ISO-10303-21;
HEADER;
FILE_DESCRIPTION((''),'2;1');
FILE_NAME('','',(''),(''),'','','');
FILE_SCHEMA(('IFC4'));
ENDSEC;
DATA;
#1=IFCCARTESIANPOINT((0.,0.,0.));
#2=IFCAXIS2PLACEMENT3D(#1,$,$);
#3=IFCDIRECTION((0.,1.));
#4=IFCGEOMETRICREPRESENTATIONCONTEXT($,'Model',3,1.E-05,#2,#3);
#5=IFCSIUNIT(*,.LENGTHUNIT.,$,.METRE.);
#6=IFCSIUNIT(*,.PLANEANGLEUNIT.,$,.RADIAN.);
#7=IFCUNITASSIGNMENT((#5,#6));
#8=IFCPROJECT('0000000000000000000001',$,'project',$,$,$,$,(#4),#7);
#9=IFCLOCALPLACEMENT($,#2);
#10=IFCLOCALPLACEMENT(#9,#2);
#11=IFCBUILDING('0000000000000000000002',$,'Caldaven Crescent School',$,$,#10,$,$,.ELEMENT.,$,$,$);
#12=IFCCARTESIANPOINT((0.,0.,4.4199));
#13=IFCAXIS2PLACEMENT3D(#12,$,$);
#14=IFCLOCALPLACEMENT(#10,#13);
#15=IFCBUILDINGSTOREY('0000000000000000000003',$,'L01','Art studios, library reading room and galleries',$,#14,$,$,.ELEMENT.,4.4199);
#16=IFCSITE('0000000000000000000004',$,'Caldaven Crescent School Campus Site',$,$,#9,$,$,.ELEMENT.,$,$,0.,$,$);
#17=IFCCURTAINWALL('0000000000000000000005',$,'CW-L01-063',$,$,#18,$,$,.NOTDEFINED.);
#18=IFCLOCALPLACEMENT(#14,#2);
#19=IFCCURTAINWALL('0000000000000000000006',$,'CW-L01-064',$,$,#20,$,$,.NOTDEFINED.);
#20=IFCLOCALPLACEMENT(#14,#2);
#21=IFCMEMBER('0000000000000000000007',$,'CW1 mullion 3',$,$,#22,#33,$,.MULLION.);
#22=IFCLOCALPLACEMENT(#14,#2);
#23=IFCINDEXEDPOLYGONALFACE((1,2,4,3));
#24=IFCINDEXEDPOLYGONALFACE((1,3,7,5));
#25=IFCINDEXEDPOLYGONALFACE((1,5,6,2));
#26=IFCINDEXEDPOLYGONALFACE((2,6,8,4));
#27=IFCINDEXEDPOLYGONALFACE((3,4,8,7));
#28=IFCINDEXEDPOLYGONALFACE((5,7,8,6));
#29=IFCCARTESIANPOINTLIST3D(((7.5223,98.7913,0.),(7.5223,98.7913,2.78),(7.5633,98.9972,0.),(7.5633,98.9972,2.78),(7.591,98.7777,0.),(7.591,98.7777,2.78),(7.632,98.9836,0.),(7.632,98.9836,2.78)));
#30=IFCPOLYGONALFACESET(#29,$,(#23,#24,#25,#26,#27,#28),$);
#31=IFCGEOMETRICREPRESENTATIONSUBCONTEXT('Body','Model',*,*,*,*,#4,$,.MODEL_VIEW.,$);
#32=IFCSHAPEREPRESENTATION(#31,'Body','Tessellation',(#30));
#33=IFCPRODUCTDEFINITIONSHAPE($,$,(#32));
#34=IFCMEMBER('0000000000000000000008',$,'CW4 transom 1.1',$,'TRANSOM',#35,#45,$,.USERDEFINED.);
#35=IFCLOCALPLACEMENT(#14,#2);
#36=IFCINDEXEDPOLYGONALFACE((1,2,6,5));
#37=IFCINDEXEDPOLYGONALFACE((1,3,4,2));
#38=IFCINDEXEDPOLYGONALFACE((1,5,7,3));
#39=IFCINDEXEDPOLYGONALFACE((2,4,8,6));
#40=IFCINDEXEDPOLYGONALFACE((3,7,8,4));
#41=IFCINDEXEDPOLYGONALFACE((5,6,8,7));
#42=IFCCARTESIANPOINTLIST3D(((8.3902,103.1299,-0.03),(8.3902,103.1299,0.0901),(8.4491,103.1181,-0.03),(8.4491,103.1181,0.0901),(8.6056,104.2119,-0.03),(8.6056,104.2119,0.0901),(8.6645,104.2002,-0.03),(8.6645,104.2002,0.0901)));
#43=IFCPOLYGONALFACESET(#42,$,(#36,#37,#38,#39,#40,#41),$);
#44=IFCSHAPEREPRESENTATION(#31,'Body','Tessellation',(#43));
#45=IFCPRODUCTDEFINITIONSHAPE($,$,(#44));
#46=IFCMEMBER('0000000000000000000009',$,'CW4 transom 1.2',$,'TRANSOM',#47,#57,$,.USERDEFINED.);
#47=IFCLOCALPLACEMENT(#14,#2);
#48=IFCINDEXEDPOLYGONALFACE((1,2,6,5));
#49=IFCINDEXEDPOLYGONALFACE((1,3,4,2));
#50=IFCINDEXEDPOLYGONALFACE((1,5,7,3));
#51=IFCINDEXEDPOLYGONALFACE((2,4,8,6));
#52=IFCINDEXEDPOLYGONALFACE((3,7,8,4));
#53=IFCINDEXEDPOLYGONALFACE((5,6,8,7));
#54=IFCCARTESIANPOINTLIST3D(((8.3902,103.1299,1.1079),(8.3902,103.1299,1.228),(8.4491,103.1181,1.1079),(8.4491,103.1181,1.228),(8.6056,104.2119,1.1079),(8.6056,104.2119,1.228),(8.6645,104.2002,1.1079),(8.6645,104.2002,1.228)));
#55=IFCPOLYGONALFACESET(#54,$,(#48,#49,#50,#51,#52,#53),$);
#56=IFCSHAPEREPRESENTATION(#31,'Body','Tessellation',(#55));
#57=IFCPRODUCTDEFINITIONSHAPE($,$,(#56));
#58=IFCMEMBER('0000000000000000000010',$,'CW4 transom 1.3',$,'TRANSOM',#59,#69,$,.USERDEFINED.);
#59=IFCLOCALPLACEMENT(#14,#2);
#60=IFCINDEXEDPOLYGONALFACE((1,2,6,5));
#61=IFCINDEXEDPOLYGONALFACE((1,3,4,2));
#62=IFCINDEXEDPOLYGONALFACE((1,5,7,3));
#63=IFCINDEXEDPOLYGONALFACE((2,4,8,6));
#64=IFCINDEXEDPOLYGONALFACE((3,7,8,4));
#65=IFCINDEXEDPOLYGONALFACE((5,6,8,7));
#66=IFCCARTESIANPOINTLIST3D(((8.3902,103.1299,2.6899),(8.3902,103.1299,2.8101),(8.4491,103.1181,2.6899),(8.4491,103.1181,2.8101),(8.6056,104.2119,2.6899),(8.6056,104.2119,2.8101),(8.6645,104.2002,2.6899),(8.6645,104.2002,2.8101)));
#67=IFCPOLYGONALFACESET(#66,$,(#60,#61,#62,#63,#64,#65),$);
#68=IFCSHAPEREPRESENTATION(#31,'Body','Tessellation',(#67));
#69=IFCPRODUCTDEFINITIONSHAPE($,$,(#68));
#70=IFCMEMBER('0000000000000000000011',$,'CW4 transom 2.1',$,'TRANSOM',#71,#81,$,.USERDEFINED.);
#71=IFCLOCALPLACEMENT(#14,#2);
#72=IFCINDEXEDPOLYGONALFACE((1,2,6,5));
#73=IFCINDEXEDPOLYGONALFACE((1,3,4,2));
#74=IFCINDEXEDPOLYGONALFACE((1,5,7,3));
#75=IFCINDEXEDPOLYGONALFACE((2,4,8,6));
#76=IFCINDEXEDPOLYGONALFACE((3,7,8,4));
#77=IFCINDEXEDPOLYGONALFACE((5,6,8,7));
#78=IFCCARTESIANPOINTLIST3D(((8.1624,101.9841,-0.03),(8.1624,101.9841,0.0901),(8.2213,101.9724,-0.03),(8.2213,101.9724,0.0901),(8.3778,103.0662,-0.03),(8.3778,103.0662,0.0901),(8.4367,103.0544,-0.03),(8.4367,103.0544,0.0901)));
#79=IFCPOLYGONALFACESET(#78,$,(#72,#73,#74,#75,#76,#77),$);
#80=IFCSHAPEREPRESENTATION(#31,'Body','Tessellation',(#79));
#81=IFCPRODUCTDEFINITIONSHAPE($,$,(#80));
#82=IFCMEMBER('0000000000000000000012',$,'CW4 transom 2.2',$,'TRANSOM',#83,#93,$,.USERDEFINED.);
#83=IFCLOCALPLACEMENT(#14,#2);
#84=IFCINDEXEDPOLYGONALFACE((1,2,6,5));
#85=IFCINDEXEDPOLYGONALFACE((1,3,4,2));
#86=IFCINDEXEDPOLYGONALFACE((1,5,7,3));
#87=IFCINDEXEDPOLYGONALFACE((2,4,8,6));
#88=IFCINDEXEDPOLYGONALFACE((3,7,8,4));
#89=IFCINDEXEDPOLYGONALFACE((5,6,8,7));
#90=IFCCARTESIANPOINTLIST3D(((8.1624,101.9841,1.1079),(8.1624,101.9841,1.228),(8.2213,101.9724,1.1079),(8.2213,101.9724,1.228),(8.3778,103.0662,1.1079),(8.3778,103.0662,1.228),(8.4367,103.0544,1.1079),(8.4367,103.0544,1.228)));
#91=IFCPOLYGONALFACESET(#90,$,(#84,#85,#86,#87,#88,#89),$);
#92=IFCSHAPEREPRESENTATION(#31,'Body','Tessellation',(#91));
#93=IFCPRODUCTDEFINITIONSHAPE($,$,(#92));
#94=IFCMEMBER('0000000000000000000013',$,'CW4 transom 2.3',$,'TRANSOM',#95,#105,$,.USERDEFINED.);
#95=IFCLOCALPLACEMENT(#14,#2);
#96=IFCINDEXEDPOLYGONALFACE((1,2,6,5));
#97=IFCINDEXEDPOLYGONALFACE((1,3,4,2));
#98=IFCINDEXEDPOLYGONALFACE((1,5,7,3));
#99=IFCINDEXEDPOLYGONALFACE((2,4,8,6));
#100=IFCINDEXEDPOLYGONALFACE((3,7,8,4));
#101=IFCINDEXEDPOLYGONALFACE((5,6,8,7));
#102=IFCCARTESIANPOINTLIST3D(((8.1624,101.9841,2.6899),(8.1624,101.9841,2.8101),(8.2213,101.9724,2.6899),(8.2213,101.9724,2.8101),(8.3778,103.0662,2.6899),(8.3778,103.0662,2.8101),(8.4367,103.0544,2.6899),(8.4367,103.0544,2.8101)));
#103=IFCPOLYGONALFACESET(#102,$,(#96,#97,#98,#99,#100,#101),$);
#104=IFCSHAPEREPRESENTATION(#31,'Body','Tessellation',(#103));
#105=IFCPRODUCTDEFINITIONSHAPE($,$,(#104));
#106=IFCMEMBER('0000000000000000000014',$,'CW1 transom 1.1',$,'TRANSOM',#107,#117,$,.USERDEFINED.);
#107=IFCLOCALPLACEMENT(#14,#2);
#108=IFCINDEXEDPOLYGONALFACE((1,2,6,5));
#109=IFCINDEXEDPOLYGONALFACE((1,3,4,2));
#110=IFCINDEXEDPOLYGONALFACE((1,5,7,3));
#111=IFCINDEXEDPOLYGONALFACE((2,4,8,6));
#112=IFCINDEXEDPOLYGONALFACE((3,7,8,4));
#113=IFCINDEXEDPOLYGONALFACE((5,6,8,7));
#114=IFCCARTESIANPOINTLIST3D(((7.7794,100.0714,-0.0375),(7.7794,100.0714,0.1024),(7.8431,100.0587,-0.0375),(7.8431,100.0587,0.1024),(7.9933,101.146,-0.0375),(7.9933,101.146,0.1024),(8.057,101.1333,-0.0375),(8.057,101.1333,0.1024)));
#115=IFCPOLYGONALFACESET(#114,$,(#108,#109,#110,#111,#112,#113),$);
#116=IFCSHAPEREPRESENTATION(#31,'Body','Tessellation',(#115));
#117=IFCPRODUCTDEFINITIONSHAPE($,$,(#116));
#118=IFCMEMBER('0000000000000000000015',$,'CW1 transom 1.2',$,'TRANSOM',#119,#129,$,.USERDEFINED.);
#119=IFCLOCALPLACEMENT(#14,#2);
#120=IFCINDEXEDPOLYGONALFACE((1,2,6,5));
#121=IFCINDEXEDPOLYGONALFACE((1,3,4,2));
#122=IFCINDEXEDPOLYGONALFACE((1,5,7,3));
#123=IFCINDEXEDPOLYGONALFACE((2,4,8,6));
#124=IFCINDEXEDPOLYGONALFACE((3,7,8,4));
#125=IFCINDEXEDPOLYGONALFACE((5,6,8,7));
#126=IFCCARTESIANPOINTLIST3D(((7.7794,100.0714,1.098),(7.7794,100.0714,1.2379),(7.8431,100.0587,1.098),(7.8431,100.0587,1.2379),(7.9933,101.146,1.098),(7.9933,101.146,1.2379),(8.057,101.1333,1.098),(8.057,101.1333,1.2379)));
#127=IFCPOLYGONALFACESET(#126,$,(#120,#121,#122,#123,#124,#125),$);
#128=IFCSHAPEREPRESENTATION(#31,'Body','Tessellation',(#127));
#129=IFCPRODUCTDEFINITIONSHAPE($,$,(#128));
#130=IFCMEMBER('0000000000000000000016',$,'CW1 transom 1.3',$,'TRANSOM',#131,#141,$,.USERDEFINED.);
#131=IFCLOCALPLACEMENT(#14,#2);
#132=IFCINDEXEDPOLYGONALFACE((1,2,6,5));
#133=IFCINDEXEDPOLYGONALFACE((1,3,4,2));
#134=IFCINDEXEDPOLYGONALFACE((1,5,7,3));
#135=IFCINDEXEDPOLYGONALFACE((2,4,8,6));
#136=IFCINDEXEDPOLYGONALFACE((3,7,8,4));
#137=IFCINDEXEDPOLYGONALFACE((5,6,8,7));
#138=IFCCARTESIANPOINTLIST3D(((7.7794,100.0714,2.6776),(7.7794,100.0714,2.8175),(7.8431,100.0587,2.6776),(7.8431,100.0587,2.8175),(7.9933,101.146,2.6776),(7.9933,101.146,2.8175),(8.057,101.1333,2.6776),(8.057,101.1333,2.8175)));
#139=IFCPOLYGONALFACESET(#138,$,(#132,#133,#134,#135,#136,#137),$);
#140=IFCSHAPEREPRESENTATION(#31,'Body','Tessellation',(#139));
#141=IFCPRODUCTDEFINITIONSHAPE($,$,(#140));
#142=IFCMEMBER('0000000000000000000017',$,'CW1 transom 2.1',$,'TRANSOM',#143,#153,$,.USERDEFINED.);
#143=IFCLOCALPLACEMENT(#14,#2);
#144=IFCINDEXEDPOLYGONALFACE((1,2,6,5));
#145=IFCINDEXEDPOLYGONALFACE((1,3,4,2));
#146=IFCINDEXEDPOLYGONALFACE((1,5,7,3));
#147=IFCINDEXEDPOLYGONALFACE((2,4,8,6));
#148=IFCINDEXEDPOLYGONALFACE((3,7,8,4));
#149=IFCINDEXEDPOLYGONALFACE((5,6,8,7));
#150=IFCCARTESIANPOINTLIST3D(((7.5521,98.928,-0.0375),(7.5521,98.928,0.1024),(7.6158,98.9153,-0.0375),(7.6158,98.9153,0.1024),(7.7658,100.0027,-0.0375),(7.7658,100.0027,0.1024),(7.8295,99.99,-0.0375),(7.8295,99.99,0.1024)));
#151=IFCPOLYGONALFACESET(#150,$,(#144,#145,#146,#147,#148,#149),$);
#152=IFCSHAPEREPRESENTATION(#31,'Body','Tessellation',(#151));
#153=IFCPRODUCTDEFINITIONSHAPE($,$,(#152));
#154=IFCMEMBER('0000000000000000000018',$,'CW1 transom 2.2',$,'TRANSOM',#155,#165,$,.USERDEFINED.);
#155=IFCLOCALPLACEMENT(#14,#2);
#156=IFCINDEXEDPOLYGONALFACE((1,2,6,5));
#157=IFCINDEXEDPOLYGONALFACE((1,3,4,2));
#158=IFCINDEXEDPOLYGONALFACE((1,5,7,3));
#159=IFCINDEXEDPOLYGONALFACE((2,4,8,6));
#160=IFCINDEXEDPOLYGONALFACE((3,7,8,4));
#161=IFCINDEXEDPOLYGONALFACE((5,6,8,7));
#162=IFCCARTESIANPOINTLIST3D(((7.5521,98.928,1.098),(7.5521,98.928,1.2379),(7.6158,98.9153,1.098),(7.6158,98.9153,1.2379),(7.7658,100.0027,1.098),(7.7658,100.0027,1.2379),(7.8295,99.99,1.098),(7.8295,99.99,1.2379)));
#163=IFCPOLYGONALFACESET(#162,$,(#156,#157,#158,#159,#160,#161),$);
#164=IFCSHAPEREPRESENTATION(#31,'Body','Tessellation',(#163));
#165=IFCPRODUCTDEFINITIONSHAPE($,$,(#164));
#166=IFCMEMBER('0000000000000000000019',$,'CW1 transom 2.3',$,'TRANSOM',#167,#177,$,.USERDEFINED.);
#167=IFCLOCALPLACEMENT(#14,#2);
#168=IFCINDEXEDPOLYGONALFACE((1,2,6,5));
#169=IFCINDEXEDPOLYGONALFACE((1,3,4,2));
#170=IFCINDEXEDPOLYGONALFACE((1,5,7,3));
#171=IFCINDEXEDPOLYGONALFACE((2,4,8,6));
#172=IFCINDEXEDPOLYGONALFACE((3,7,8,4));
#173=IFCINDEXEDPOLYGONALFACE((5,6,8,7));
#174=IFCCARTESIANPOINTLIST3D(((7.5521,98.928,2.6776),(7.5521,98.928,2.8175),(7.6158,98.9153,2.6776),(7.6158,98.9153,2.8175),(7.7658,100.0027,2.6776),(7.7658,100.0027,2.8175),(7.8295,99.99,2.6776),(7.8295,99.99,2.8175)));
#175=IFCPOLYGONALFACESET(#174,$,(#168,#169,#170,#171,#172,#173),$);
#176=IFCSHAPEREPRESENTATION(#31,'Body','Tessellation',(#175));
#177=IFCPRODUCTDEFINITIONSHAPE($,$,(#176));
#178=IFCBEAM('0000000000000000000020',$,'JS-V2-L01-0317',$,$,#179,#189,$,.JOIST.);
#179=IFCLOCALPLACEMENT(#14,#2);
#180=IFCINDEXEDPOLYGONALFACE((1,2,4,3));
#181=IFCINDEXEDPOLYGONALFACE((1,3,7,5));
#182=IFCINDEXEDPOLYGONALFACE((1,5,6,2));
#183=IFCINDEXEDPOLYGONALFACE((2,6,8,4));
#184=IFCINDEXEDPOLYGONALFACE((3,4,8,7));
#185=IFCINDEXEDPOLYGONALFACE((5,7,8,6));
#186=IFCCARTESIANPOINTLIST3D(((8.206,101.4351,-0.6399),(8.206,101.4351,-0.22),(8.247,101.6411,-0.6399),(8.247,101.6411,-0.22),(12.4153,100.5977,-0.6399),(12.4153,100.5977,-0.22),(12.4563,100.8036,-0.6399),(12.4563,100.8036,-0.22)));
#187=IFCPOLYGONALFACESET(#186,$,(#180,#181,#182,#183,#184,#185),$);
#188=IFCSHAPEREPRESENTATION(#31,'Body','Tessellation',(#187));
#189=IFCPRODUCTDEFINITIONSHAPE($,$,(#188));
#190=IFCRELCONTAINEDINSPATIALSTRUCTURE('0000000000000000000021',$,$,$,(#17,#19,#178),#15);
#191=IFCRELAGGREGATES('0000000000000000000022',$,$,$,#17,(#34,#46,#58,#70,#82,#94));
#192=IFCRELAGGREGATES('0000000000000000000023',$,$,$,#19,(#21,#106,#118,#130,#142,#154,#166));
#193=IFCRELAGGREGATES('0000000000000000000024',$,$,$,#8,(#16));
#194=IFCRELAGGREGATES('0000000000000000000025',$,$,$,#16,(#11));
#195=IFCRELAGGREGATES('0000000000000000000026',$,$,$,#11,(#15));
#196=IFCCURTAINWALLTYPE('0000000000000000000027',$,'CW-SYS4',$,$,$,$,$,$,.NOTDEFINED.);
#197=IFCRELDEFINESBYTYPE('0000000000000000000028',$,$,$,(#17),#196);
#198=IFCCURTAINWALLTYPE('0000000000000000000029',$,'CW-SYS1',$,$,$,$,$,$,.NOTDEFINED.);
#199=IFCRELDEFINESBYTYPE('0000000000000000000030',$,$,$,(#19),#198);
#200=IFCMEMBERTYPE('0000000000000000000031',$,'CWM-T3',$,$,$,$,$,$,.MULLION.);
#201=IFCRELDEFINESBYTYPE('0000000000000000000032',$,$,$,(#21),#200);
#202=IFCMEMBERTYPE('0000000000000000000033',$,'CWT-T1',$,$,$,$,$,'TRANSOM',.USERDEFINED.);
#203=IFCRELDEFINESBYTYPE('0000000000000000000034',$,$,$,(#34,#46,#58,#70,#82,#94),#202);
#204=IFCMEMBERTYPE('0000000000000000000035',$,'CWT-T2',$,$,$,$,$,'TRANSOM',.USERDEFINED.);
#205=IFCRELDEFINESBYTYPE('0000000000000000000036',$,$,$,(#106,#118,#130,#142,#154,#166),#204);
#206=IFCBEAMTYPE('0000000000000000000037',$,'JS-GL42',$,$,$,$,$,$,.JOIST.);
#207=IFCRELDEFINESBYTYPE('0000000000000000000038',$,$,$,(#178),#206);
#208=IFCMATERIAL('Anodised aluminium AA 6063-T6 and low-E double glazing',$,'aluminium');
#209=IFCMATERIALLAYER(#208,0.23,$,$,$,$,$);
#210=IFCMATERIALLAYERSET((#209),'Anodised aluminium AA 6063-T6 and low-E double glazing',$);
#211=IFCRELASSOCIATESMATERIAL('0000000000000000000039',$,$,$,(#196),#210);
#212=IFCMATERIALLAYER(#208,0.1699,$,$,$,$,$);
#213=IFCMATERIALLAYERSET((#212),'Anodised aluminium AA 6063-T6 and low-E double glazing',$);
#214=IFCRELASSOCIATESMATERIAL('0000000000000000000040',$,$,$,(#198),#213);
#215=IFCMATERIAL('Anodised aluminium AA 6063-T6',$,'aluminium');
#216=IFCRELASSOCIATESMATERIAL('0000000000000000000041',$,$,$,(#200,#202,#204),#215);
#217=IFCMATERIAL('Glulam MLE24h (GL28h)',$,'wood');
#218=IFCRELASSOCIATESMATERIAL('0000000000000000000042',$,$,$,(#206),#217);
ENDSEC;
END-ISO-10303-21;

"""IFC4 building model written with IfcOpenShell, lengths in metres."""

from ifc_helpers import new_model, si_unit, direction, frame, origin, origin_2d, place, context, subcontext, project, spatial, rectangle, extrude, material, layer, layer_set, material_profile, profile_set, type_object, element, aggregate, save


model = new_model("IFC4")

# Units and contexts
model_context = context("Model", 3, precision=1e-05, world=origin(), true_north=direction((0.0, 1.0)))
body_context = subcontext(model_context, "Body", "Model", "MODEL_VIEW")
ifc_project = project(units=[si_unit("LENGTHUNIT", "METRE"), si_unit("PLANEANGLEUNIT", "RADIAN")], contexts=[model_context])

# Site, building, storey
site_placement = place(None, origin())
site = spatial("IfcSite", under=ifc_project, at=site_placement, Name="Caldaven Crescent School Campus Site", CompositionType="ELEMENT", RefElevation=0.0)
building_placement = place(site_placement, origin())
building = spatial("IfcBuilding", under=site, at=building_placement, Name="Caldaven Crescent School", CompositionType="ELEMENT")
storey_placement = place(building_placement, frame((0.0, 0.0, 4.4199)))
storey = spatial("IfcBuildingStorey", under=building, at=storey_placement, Name="L01", Description="Art studios, library reading room and galleries", CompositionType="ELEMENT", Elevation=4.4199)

# Shared definitions
ifc_material_1 = material(Name="Glulam MLE24h (GL28h)", Category="wood")

# Curtain walls, member
ifc_material_2 = material(Name="Anodised aluminium AA 6063-T6 and low-E double glazing", Category="aluminium")
ifc_layer_1 = layer(ifc_material_2, 0.23)
ifc_layer_set_1 = layer_set([ifc_layer_1], Name="Anodised aluminium AA 6063-T6 and low-E double glazing")
curtain_wall_type_1 = type_object("IfcCurtainWallType", Name="CW-SYS4", PredefinedType="NOTDEFINED", material=ifc_layer_set_1)
curtain_wall_1_placement = place(storey_placement, origin())
curtain_wall_1 = element("IfcCurtainWall", 1, at=curtain_wall_1_placement, inside=storey, type_object=curtain_wall_type_1, Name="CW-L01-063", PredefinedType="NOTDEFINED")
ifc_material_3 = material(Name="Anodised aluminium AA 6063-T6", Category="aluminium")
ifc_layer_2 = layer(ifc_material_2, 0.1699)
ifc_layer_set_2 = layer_set([ifc_layer_2], Name="Anodised aluminium AA 6063-T6 and low-E double glazing")
curtain_wall_type_2 = type_object("IfcCurtainWallType", Name="CW-SYS1", PredefinedType="NOTDEFINED", material=ifc_layer_set_2)
curtain_wall_2_placement = place(storey_placement, origin())
curtain_wall_2 = element("IfcCurtainWall", 2, at=curtain_wall_2_placement, inside=storey, type_object=curtain_wall_type_2, Name="CW-L01-064", PredefinedType="NOTDEFINED")
ifc_material_profile_1 = material_profile(ifc_material_3, rectangle(XDim=0.0701, YDim=0.21, at=origin_2d()), Name="CWM 70x210")
ifc_profile_set_1 = profile_set([ifc_material_profile_1], Name="Anodised aluminium AA 6063-T6")
member_type_1 = type_object("IfcMemberType", Name="CWM-T3", PredefinedType="MULLION", material=ifc_profile_set_1)
member_1_placement = place(storey_placement, frame((7.5771, 98.8875, 0.0), z_axis=(0.0, 0.0, 1.0), x_axis=(0.980785, -0.195091, 0.0)))
member_1 = element("IfcMember", 3, at=member_1_placement, type_object=member_type_1, Name="CW1 mullion 3", PredefinedType="MULLION", context=body_context, shape_type="SweptSolid", body=[
    extrude(rectangle(XDim=0.0701, YDim=0.21, at=origin_2d()), origin(), (0.0, 0.0, 1.0), 2.78),
])

# Members
ifc_material_profile_2 = material_profile(ifc_material_3, rectangle(XDim=0.0601, YDim=0.1201, at=origin_2d()), Name="CWT 60x120")
ifc_profile_set_2 = profile_set([ifc_material_profile_2], Name="Anodised aluminium AA 6063-T6")
member_type_2 = type_object("IfcMemberType", Name="CWT-T1", ElementType="TRANSOM", PredefinedType="USERDEFINED", material=ifc_profile_set_2)
member_2_placement = place(storey_placement, frame((8.635, 104.2061, 0.03), z_axis=(-0.19518, -0.980767, 0.0), x_axis=(0.980767, -0.19518, 0.0)))
member_2 = element("IfcMember", 4, at=member_2_placement, type_object=member_type_2, Name="CW4 transom 1.1", ObjectType="TRANSOM", PredefinedType="USERDEFINED", context=body_context, shape_type="SweptSolid", body=[
    extrude(rectangle(XDim=0.0601, YDim=0.1201, at=origin_2d()), origin(), (0.0, 0.0, 1.0), 1.1033),
])
member_3_placement = place(storey_placement, frame((8.635, 104.2061, 1.168), z_axis=(-0.19518, -0.980767, 0.0), x_axis=(0.980767, -0.19518, 0.0)))
member_3 = element("IfcMember", 5, at=member_3_placement, type_object=member_type_2, Name="CW4 transom 1.2", ObjectType="TRANSOM", PredefinedType="USERDEFINED", context=body_context, shape_type="SweptSolid", body=[
    extrude(rectangle(XDim=0.0601, YDim=0.1201, at=origin_2d()), origin(), (0.0, 0.0, 1.0), 1.1033),
])
member_4_placement = place(storey_placement, frame((8.635, 104.2061, 2.75), z_axis=(-0.19518, -0.980767, 0.0), x_axis=(0.980767, -0.19518, 0.0)))
member_4 = element("IfcMember", 6, at=member_4_placement, type_object=member_type_2, Name="CW4 transom 1.3", ObjectType="TRANSOM", PredefinedType="USERDEFINED", context=body_context, shape_type="SweptSolid", body=[
    extrude(rectangle(XDim=0.0601, YDim=0.1201, at=origin_2d()), origin(), (0.0, 0.0, 1.0), 1.1033),
])
member_5_placement = place(storey_placement, frame((8.4072, 103.0603, 0.03), z_axis=(-0.19518, -0.980767, 0.0), x_axis=(0.980767, -0.19518, 0.0)))
member_5 = element("IfcMember", 7, at=member_5_placement, type_object=member_type_2, Name="CW4 transom 2.1", ObjectType="TRANSOM", PredefinedType="USERDEFINED", context=body_context, shape_type="SweptSolid", body=[
    extrude(rectangle(XDim=0.0601, YDim=0.1201, at=origin_2d()), origin(), (0.0, 0.0, 1.0), 1.1033),
])
member_6_placement = place(storey_placement, frame((8.4072, 103.0603, 1.168), z_axis=(-0.19518, -0.980767, 0.0), x_axis=(0.980767, -0.19518, 0.0)))
member_6 = element("IfcMember", 8, at=member_6_placement, type_object=member_type_2, Name="CW4 transom 2.2", ObjectType="TRANSOM", PredefinedType="USERDEFINED", context=body_context, shape_type="SweptSolid", body=[
    extrude(rectangle(XDim=0.0601, YDim=0.1201, at=origin_2d()), origin(), (0.0, 0.0, 1.0), 1.1033),
])
member_7_placement = place(storey_placement, frame((8.4072, 103.0603, 2.75), z_axis=(-0.19518, -0.980767, 0.0), x_axis=(0.980767, -0.19518, 0.0)))
member_7 = element("IfcMember", 9, at=member_7_placement, type_object=member_type_2, Name="CW4 transom 2.3", ObjectType="TRANSOM", PredefinedType="USERDEFINED", context=body_context, shape_type="SweptSolid", body=[
    extrude(rectangle(XDim=0.0601, YDim=0.1201, at=origin_2d()), origin(), (0.0, 0.0, 1.0), 1.1033),
])
ifc_material_profile_3 = material_profile(ifc_material_3, rectangle(XDim=0.0649, YDim=0.1399, at=origin_2d()), Name="CWT 65x140")
ifc_profile_set_3 = profile_set([ifc_material_profile_3], Name="Anodised aluminium AA 6063-T6")
member_type_3 = type_object("IfcMemberType", Name="CWT-T2", ElementType="TRANSOM", PredefinedType="USERDEFINED", material=ifc_profile_set_3)
member_8_placement = place(storey_placement, frame((8.0251, 101.1396, 0.0325), z_axis=(-0.195173, -0.980769, 0.0), x_axis=(0.980769, -0.195173, 0.0)))
member_8 = element("IfcMember", 10, at=member_8_placement, type_object=member_type_3, Name="CW1 transom 1.1", ObjectType="TRANSOM", PredefinedType="USERDEFINED", context=body_context, shape_type="SweptSolid", body=[
    extrude(rectangle(XDim=0.0649, YDim=0.1399, at=origin_2d()), origin(), (0.0, 0.0, 1.0), 1.0957),
])
member_9_placement = place(storey_placement, frame((8.0251, 101.1396, 1.168), z_axis=(-0.195173, -0.980769, 0.0), x_axis=(0.980769, -0.195173, 0.0)))
member_9 = element("IfcMember", 11, at=member_9_placement, type_object=member_type_3, Name="CW1 transom 1.2", ObjectType="TRANSOM", PredefinedType="USERDEFINED", context=body_context, shape_type="SweptSolid", body=[
    extrude(rectangle(XDim=0.0649, YDim=0.1399, at=origin_2d()), origin(), (0.0, 0.0, 1.0), 1.0957),
])
member_10_placement = place(storey_placement, frame((8.0251, 101.1396, 2.7476), z_axis=(-0.195173, -0.980769, 0.0), x_axis=(0.980769, -0.195173, 0.0)))
member_10 = element("IfcMember", 12, at=member_10_placement, type_object=member_type_3, Name="CW1 transom 1.3", ObjectType="TRANSOM", PredefinedType="USERDEFINED", context=body_context, shape_type="SweptSolid", body=[
    extrude(rectangle(XDim=0.0649, YDim=0.1399, at=origin_2d()), origin(), (0.0, 0.0, 1.0), 1.0957),
])
member_11_placement = place(storey_placement, frame((7.7976, 99.9963, 0.0325), z_axis=(-0.194959, -0.980811, 0.0), x_axis=(0.980811, -0.194959, 0.0)))
member_11 = element("IfcMember", 13, at=member_11_placement, type_object=member_type_3, Name="CW1 transom 2.1", ObjectType="TRANSOM", PredefinedType="USERDEFINED", context=body_context, shape_type="SweptSolid", body=[
    extrude(rectangle(XDim=0.0649, YDim=0.1399, at=origin_2d()), origin(), (0.0, 0.0, 1.0), 1.0957),
])
member_12_placement = place(storey_placement, frame((7.7976, 99.9963, 1.168), z_axis=(-0.194959, -0.980811, 0.0), x_axis=(0.980811, -0.194959, 0.0)))
member_12 = element("IfcMember", 14, at=member_12_placement, type_object=member_type_3, Name="CW1 transom 2.2", ObjectType="TRANSOM", PredefinedType="USERDEFINED", context=body_context, shape_type="SweptSolid", body=[
    extrude(rectangle(XDim=0.0649, YDim=0.1399, at=origin_2d()), origin(), (0.0, 0.0, 1.0), 1.0957),
])
member_13_placement = place(storey_placement, frame((7.7976, 99.9963, 2.7476), z_axis=(-0.194959, -0.980811, 0.0), x_axis=(0.980811, -0.194959, 0.0)))
member_13 = element("IfcMember", 15, at=member_13_placement, type_object=member_type_3, Name="CW1 transom 2.3", ObjectType="TRANSOM", PredefinedType="USERDEFINED", context=body_context, shape_type="SweptSolid", body=[
    extrude(rectangle(XDim=0.0649, YDim=0.1399, at=origin_2d()), origin(), (0.0, 0.0, 1.0), 1.0957),
])

# Beam
ifc_material_profile_4 = material_profile(ifc_material_1, rectangle(XDim=0.21, YDim=0.4199, at=origin_2d()), Name="MLE 210x420")
ifc_profile_set_4 = profile_set([ifc_material_profile_4], Name="Glulam MLE24h (GL28h)")
beam_type_1 = type_object("IfcBeamType", Name="JS-GL42", PredefinedType="JOIST", material=ifc_profile_set_4)
beam_1_placement = place(storey_placement, frame((12.4358, 100.7007, -0.4299), z_axis=(-0.980779, 0.195121, 0.0), x_axis=(-0.195121, -0.980779, 0.0)))
element("IfcBeam", 16, at=beam_1_placement, inside=storey, type_object=beam_type_1, Name="JS-V2-L01-0317", PredefinedType="JOIST", context=body_context, shape_type="SweptSolid", body=[
    extrude(rectangle(XDim=0.21, YDim=0.4199, at=origin_2d()), origin(), (0.0, 0.0, 1.0), 4.2917),
])

aggregate(curtain_wall_1, [member_2, member_3, member_4, member_5, member_6, member_7])
aggregate(curtain_wall_2, [member_1, member_8, member_9, member_10, member_11, member_12, member_13])

save(model, "model.ifc")
